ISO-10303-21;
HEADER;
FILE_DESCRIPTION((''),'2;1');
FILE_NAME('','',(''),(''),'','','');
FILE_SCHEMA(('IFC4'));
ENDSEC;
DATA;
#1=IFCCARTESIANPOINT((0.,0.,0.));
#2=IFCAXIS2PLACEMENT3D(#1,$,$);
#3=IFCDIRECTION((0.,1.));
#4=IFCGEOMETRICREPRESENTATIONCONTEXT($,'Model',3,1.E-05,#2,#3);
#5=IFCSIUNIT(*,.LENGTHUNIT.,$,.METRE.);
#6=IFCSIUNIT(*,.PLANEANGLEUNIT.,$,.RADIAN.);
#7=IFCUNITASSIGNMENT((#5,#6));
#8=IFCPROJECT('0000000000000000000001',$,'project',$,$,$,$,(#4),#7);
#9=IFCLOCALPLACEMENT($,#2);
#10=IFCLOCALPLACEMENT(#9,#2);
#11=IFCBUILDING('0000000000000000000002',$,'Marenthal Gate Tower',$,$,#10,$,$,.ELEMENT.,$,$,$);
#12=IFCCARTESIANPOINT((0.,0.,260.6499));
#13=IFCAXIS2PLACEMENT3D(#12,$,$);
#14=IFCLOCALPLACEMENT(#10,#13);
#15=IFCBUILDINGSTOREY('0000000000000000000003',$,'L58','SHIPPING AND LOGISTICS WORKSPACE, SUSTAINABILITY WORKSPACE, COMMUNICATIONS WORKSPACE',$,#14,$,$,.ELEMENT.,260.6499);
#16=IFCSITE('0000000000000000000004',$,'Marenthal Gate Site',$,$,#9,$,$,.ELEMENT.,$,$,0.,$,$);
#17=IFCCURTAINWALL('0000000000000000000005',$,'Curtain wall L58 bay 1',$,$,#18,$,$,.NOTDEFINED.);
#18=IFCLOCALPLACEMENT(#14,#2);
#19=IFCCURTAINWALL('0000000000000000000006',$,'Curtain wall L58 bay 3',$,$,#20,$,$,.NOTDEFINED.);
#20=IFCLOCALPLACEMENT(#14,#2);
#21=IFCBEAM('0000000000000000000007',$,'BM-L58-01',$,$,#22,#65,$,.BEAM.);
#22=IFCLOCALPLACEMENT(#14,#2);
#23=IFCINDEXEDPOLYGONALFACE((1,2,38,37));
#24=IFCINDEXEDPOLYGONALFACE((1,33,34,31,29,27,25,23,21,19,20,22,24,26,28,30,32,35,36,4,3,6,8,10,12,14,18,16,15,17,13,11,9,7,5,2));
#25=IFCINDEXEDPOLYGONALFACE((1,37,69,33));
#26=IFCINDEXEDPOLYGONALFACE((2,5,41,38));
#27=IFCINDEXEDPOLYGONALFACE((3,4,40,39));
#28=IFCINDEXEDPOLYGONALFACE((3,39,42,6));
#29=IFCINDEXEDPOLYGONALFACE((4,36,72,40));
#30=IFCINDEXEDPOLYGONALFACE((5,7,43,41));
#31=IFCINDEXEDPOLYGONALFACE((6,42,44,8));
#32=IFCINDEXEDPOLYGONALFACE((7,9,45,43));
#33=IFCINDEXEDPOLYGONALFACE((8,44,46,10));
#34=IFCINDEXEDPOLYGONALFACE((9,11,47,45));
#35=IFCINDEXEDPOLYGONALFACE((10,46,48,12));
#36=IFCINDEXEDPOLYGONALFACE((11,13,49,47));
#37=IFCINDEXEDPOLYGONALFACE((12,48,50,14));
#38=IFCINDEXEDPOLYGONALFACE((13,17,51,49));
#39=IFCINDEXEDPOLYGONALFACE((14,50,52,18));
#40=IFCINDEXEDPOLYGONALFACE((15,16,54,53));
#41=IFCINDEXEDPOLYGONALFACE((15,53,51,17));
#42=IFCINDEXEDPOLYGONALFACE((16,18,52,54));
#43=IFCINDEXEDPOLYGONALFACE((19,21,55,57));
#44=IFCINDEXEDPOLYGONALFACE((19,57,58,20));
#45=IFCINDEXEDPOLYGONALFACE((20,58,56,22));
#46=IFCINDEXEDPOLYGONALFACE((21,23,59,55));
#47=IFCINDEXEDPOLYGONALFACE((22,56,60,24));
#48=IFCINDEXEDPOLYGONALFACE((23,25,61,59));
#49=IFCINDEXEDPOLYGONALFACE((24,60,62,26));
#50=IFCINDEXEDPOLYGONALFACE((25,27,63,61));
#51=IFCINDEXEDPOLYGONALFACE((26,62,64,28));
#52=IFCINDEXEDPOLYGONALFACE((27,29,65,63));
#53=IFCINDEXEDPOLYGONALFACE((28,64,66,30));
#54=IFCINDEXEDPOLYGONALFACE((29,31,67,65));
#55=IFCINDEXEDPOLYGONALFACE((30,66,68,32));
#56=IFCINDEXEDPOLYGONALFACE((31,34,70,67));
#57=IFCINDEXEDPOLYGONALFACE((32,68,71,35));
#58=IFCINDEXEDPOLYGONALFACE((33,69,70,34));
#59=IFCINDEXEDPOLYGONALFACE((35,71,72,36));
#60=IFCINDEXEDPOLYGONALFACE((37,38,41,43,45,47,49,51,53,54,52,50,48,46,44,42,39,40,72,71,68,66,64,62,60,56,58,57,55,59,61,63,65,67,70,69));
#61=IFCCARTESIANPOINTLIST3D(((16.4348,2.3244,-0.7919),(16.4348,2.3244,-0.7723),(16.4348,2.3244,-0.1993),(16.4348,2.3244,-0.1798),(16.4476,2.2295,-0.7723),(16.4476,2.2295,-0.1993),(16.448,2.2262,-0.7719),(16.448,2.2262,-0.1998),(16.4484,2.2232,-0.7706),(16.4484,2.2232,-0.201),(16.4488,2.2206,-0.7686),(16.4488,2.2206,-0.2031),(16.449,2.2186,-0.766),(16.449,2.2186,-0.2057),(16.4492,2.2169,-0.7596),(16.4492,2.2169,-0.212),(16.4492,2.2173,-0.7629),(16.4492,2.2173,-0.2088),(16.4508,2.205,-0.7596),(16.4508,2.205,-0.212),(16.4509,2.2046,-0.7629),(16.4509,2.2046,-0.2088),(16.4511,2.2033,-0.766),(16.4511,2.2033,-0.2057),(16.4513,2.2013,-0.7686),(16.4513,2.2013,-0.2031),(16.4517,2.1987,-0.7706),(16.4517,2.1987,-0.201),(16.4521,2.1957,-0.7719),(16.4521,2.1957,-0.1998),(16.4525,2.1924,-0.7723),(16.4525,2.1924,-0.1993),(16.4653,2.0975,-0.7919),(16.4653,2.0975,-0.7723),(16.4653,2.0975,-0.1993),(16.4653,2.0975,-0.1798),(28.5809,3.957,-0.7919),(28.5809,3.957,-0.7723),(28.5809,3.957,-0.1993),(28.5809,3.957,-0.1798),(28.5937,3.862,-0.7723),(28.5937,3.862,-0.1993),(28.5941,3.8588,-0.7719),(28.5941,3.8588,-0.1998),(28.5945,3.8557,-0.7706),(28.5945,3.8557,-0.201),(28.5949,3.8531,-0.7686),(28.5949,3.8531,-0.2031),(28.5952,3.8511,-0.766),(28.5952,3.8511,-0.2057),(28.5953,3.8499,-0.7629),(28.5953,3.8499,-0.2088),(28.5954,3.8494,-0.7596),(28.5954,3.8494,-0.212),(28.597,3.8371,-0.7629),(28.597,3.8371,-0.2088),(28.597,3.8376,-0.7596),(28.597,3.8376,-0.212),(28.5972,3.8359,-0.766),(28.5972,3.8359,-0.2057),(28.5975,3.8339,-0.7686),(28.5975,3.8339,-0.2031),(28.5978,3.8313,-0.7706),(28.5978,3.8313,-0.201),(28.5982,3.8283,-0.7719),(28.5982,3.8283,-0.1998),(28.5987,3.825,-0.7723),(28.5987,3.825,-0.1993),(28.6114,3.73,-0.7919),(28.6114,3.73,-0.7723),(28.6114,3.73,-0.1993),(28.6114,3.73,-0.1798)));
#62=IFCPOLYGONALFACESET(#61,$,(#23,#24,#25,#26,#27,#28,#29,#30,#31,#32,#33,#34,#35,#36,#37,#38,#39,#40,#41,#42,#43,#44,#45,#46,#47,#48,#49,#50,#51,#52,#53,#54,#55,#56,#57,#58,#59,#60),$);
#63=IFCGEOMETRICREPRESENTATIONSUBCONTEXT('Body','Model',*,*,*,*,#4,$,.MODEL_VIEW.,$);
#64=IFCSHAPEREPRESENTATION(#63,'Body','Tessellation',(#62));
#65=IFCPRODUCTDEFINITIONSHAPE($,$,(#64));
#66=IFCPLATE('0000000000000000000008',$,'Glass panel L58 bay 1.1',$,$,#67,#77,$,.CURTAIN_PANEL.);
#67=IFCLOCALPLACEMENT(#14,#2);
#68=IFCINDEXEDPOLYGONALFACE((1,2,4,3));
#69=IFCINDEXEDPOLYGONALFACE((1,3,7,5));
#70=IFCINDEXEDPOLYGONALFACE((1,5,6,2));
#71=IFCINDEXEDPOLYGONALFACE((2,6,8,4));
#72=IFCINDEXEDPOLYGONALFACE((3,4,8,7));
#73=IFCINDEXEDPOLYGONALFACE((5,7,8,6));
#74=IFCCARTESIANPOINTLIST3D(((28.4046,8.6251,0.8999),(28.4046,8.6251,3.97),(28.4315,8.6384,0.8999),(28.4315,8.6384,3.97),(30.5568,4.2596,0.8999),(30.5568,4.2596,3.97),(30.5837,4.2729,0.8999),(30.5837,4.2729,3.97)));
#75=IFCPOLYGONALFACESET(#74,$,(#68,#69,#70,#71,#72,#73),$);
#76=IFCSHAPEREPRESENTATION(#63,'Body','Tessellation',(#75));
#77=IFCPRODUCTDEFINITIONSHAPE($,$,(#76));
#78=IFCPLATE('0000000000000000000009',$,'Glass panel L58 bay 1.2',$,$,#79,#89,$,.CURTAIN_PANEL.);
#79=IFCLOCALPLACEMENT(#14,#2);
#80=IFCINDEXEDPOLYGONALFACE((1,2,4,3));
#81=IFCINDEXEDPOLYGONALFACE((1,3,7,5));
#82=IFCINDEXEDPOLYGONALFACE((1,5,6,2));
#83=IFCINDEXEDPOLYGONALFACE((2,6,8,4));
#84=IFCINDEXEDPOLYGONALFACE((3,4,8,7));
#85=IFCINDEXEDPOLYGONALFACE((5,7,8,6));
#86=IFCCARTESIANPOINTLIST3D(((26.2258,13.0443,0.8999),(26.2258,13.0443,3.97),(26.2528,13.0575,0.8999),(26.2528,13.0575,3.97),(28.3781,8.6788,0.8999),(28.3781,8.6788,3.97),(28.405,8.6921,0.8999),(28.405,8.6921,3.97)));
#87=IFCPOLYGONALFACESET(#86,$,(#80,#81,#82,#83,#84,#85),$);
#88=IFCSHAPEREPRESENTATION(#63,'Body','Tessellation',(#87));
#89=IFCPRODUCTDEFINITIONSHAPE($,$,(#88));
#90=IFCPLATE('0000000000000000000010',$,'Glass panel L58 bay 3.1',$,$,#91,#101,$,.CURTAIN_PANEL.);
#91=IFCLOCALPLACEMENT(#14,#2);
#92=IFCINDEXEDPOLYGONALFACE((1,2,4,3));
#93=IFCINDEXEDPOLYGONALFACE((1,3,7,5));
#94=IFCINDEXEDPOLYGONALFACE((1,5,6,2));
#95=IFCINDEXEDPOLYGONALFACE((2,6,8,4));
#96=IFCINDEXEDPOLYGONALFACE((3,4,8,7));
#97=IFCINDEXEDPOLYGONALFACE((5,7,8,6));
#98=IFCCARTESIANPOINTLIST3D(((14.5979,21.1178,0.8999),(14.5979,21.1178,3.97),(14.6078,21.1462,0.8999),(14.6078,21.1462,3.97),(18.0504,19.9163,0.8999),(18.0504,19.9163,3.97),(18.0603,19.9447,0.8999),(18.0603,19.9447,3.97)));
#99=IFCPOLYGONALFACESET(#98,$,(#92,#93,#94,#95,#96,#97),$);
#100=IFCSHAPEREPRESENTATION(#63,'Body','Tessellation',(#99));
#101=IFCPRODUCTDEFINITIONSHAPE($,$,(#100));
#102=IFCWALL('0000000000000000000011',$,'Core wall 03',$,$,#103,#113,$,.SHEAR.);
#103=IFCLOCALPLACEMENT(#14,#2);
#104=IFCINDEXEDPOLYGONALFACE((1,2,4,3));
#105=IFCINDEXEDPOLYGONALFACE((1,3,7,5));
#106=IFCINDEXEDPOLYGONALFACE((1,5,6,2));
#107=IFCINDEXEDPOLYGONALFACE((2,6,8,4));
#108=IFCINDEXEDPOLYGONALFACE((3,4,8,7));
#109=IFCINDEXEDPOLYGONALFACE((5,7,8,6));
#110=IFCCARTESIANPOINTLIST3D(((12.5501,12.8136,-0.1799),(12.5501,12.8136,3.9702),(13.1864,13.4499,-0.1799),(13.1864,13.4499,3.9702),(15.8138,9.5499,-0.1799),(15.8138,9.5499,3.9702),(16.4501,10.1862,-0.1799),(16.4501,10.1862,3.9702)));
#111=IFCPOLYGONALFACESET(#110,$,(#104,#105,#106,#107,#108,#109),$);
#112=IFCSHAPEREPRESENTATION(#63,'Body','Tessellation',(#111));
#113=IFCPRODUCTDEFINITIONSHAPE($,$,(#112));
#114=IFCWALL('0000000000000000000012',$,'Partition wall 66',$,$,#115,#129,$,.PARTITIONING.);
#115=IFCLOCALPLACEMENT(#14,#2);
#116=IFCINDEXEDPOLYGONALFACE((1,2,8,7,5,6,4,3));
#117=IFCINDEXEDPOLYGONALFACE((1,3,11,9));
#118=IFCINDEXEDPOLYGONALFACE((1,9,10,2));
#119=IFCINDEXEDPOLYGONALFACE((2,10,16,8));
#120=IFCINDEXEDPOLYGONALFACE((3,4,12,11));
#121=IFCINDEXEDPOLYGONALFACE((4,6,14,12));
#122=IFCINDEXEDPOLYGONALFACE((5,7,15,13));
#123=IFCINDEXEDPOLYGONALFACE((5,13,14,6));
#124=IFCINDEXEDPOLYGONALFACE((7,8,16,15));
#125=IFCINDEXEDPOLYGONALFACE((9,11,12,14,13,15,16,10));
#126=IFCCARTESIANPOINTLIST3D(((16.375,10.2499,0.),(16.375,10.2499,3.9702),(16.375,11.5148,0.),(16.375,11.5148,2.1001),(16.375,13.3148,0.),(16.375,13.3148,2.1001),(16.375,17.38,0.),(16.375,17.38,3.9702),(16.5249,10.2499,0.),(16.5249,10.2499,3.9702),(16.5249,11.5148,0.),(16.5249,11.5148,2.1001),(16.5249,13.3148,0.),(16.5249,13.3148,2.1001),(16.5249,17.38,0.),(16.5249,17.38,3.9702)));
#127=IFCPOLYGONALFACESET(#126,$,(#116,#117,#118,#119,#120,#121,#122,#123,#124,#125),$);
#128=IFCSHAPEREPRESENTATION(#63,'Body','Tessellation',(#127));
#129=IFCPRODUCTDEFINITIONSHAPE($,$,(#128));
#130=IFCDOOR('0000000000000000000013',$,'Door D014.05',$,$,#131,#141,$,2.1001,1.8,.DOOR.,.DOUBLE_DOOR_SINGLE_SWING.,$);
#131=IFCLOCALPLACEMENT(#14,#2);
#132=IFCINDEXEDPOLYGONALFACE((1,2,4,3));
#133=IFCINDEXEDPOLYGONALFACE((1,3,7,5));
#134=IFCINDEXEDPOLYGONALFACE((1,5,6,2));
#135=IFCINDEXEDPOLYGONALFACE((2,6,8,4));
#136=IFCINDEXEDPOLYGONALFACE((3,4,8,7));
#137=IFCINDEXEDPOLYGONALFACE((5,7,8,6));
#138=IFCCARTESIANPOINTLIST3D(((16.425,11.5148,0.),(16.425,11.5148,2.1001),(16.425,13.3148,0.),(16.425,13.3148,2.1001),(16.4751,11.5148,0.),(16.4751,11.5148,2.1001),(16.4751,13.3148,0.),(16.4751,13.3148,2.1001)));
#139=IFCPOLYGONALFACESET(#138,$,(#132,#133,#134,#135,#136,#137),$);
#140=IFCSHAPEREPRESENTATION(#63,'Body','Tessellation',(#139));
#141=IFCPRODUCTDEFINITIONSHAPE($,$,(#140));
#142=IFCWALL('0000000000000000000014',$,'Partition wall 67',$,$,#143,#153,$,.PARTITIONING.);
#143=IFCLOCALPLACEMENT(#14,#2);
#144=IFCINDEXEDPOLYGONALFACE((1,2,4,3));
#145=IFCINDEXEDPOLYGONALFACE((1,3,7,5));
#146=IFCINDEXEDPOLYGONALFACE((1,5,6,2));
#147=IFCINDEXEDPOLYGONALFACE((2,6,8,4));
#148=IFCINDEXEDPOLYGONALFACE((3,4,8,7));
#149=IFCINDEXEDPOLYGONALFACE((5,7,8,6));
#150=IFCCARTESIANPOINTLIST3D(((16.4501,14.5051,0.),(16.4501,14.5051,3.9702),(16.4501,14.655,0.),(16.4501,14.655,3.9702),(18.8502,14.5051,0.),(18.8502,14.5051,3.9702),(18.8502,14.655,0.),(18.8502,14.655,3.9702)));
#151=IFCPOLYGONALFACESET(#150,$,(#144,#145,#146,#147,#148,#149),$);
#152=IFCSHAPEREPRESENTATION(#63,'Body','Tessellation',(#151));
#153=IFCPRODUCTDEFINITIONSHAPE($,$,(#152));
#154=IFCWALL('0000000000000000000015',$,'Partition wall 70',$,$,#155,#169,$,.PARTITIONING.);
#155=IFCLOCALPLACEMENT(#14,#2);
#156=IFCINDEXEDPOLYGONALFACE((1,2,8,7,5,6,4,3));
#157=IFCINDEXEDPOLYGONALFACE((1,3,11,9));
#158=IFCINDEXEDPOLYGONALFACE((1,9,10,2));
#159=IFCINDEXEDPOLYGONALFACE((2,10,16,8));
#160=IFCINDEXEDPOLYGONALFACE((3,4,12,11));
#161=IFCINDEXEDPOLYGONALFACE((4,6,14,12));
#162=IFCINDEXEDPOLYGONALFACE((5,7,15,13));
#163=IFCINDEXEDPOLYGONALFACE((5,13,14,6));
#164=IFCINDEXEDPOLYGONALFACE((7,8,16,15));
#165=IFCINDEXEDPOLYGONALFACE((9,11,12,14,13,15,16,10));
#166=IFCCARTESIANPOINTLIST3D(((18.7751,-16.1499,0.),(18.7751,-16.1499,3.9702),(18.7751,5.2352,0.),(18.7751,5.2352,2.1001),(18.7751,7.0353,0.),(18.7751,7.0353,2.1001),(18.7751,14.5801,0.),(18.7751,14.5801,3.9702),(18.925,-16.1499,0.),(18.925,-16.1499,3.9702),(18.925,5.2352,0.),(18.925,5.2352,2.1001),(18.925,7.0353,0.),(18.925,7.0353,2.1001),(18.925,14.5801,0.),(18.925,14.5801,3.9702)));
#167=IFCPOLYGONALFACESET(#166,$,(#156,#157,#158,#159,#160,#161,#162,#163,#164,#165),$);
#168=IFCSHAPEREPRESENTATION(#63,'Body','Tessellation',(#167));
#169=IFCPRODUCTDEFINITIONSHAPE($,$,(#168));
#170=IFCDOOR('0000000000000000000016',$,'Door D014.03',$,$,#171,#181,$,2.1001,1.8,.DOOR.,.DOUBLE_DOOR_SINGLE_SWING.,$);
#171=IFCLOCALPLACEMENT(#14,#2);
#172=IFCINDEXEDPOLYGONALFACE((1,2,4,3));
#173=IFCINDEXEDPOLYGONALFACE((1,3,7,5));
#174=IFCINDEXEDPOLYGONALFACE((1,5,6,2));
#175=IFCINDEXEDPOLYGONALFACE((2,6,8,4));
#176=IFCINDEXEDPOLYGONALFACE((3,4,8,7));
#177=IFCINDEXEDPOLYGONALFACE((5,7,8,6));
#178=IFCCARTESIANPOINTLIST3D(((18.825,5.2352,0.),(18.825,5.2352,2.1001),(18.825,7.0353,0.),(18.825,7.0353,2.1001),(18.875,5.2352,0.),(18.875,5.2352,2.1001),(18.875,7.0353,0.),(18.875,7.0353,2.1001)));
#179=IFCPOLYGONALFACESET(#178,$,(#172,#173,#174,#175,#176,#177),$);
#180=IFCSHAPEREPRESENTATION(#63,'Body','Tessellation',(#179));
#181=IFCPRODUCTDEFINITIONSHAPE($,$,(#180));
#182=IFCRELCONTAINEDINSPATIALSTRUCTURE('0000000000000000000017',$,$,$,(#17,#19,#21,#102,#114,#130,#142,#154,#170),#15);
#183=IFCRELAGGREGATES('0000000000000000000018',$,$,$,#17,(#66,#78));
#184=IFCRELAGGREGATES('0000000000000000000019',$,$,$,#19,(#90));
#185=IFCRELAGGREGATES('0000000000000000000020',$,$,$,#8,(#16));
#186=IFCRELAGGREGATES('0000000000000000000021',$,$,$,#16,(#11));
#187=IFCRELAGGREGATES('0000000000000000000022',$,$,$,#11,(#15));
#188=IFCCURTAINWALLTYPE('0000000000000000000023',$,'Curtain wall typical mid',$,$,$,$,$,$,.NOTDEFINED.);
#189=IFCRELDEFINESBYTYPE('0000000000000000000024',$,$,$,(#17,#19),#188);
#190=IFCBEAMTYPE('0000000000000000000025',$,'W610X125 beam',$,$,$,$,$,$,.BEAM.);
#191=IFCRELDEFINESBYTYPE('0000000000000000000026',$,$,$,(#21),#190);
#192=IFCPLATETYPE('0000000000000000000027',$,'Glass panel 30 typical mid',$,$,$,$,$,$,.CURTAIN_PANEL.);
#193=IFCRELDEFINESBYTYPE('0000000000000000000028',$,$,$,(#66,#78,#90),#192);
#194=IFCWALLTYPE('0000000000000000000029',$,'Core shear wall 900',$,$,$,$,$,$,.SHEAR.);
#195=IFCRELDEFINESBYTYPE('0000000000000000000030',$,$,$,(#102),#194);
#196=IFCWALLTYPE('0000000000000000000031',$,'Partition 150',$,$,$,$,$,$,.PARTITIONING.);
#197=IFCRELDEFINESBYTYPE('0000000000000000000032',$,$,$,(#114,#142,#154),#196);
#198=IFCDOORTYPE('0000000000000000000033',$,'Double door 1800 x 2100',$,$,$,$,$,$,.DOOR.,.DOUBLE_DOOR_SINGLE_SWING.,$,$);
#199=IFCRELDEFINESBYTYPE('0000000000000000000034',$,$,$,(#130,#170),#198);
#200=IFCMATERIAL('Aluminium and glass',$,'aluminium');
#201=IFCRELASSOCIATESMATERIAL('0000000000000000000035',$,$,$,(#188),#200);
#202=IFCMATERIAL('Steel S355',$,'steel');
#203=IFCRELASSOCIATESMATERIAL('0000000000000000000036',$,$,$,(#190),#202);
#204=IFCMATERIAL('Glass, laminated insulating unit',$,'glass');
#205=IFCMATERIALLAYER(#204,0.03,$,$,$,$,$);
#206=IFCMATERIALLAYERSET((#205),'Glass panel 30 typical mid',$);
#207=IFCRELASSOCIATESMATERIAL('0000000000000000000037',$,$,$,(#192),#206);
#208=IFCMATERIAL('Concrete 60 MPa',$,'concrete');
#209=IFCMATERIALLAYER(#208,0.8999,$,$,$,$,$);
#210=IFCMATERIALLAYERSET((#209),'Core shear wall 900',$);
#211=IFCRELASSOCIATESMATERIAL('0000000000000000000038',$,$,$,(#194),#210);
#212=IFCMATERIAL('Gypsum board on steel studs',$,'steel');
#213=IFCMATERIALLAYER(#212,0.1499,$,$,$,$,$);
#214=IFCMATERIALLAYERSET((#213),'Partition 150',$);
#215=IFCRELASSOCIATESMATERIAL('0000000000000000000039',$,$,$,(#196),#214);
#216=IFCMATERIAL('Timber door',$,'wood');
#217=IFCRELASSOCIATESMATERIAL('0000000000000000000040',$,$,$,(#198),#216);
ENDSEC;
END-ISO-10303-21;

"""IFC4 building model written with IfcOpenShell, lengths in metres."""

from ifc_helpers import new_model, si_unit, direction, frame, frame_2d, origin, origin_2d, place, context, subcontext, project, spatial, rectangle, i_section, extrude, material, layer, layer_set, material_profile, profile_set, type_object, element, fill, aggregate, save


model = new_model("IFC4")

# Units and contexts
model_context = context("Model", 3, precision=1e-05, world=origin(), true_north=direction((0.0, 1.0)))
body_context = subcontext(model_context, "Body", "Model", "MODEL_VIEW")
ifc_project = project(units=[si_unit("LENGTHUNIT", "METRE"), si_unit("PLANEANGLEUNIT", "RADIAN")], contexts=[model_context])

# Site, building, storey
site_placement = place(None, origin())
site = spatial("IfcSite", under=ifc_project, at=site_placement, Name="Marenthal Gate Site", CompositionType="ELEMENT", RefElevation=0.0)
building_placement = place(site_placement, origin())
building = spatial("IfcBuilding", under=site, at=building_placement, Name="Marenthal Gate Tower", CompositionType="ELEMENT")
storey_placement = place(building_placement, frame((0.0, 0.0, 260.6499)))
storey = spatial("IfcBuildingStorey", under=building, at=storey_placement, Name="L58", Description="SHIPPING AND LOGISTICS WORKSPACE, SUSTAINABILITY WORKSPACE, COMMUNICATIONS WORKSPACE", CompositionType="ELEMENT", Elevation=260.6499)

# Curtain walls
ifc_material_1 = material(Name="Aluminium and glass", Category="aluminium")
curtain_wall_type = type_object("IfcCurtainWallType", Name="Curtain wall typical mid", PredefinedType="NOTDEFINED", material=ifc_material_1)
curtain_wall_1_placement = place(storey_placement, origin())
curtain_wall_1 = element("IfcCurtainWall", 1, at=curtain_wall_1_placement, inside=storey, type_object=curtain_wall_type, Name="Curtain wall L58 bay 1", PredefinedType="NOTDEFINED")
curtain_wall_2_placement = place(storey_placement, origin())
curtain_wall_2 = element("IfcCurtainWall", 2, at=curtain_wall_2_placement, inside=storey, type_object=curtain_wall_type, Name="Curtain wall L58 bay 3", PredefinedType="NOTDEFINED")

# Beam
ifc_material_2 = material(Name="Steel S355", Category="steel")
ifc_material_profile_1 = material_profile(ifc_material_2, i_section(OverallWidth=0.229, OverallDepth=0.6121, WebThickness=0.012, FlangeThickness=0.0195, FilletRadius=0.0127, at=origin_2d()), Name="W610X125")
ifc_profile_set_1 = profile_set([ifc_material_profile_1], Name="Steel S355")
beam_type_1 = type_object("IfcBeamType", Name="W610X125 beam", PredefinedType="BEAM", material=ifc_profile_set_1)
beam_1_placement = place(storey_placement, frame((28.5962, 3.8435, -0.4858), z_axis=(-0.991088, -0.133211, 0.0), x_axis=(0.133211, -0.991088, 0.0)))
element("IfcBeam", 3, at=beam_1_placement, inside=storey, type_object=beam_type_1, Name="BM-L58-01", PredefinedType="BEAM", context=body_context, shape_type="SweptSolid", body=[
    extrude(i_section(OverallWidth=0.229, OverallDepth=0.6121, WebThickness=0.012, FlangeThickness=0.0195, FilletRadius=0.0127, at=origin_2d()), origin(), (0.0, 0.0, 1.0), 12.2554),
])

# Plates
ifc_material_3 = material(Name="Glass, laminated insulating unit", Category="glass")
ifc_layer_1 = layer(ifc_material_3, 0.03)
ifc_layer_set_1 = layer_set([ifc_layer_1], Name="Glass panel 30 typical mid")
plate_type = type_object("IfcPlateType", Name="Glass panel 30 typical mid", PredefinedType="CURTAIN_PANEL", material=ifc_layer_set_1)
plate_1_placement = place(storey_placement, frame((29.4941, 6.449, 0.8999), z_axis=(0.0, 0.0, 1.0), x_axis=(-0.442192, 0.896921, 0.0)))
plate_1 = element("IfcPlate", 4, at=plate_1_placement, type_object=plate_type, Name="Glass panel L58 bay 1.1", PredefinedType="CURTAIN_PANEL", context=body_context, shape_type="SweptSolid", body=[
    extrude(rectangle(XDim=4.8672, YDim=0.03, at=origin_2d()), origin(), (0.0, 0.0, 1.0), 3.0701),
])
plate_2_placement = place(storey_placement, frame((27.3154, 10.8682, 0.8999), z_axis=(0.0, 0.0, 1.0), x_axis=(-0.442192, 0.896921, 0.0)))
plate_2 = element("IfcPlate", 5, at=plate_2_placement, type_object=plate_type, Name="Glass panel L58 bay 1.2", PredefinedType="CURTAIN_PANEL", context=body_context, shape_type="SweptSolid", body=[
    extrude(rectangle(XDim=4.8672, YDim=0.03, at=origin_2d()), origin(), (0.0, 0.0, 1.0), 3.0701),
])
aggregate(curtain_wall_1, [plate_1, plate_2])
plate_3_placement = place(storey_placement, frame((16.3291, 20.5312, 0.8999), z_axis=(0.0, 0.0, 1.0), x_axis=(-0.944445, 0.32867, 0.0)))
plate_3 = element("IfcPlate", 6, at=plate_3_placement, type_object=plate_type, Name="Glass panel L58 bay 3.1", PredefinedType="CURTAIN_PANEL", context=body_context, shape_type="SweptSolid", body=[
    extrude(rectangle(XDim=3.6555, YDim=0.03, at=origin_2d()), origin(), (0.0, 0.0, 1.0), 3.0701),
])
aggregate(curtain_wall_2, [plate_3])

# Wall
ifc_material_4 = material(Name="Concrete 60 MPa", Category="concrete")
ifc_layer_2 = layer(ifc_material_4, 0.8999)
ifc_layer_set_2 = layer_set([ifc_layer_2], Name="Core shear wall 900")
wall_type_1 = type_object("IfcWallType", Name="Core shear wall 900", PredefinedType="SHEAR", material=ifc_layer_set_2)
wall_1_placement = place(storey_placement, frame((16.1318, 9.8682, -0.1799), z_axis=(0.0, 0.0, 1.0), x_axis=(-0.707107, 0.707107, 0.0)))
element("IfcWall", 7, at=wall_1_placement, inside=storey, type_object=wall_type_1, Name="Core wall 03", PredefinedType="SHEAR", context=body_context, shape_type="SweptSolid", body=[
    extrude(rectangle(XDim=4.6155, YDim=0.8999, at=frame_2d((2.3076, 0.0))), origin(), (0.0, 0.0, 1.0), 4.1501),
])

# Wall, opening, door
ifc_material_5 = material(Name="Gypsum board on steel studs", Category="steel")
ifc_layer_3 = layer(ifc_material_5, 0.1499)
ifc_layer_set_3 = layer_set([ifc_layer_3], Name="Partition 150")
wall_type_2 = type_object("IfcWallType", Name="Partition 150", PredefinedType="PARTITIONING", material=ifc_layer_set_3)
wall_2_placement = place(storey_placement, frame((16.45, 10.25, 0.0), z_axis=(0.0, 0.0, 1.0), x_axis=(0.0, 1.0, 0.0)))
wall_2 = element("IfcWall", 8, at=wall_2_placement, inside=storey, type_object=wall_type_2, Name="Partition wall 66", PredefinedType="PARTITIONING", context=body_context, shape_type="SweptSolid", body=[
    extrude(rectangle(XDim=7.1301, YDim=0.1499, at=frame_2d((3.5649, 0.0))), origin(), (0.0, 0.0, 1.0), 3.9702),
])
opening_1_placement = place(wall_2_placement, frame((1.2649, 0.0, 0.0)))
opening_1 = element("IfcOpeningElement", 9, at=opening_1_placement, cuts=wall_2, PredefinedType="OPENING", context=body_context, shape_type="SweptSolid", body=[
    extrude(rectangle(XDim=1.8, YDim=2.1001, at=frame_2d((0.8999, 1.05))), frame((0.0, 0.085, 0.0), z_axis=(0.0, -1.0, 0.0), x_axis=(1.0, 0.0, 0.0)), (0.0, 0.0, 1.0), 0.1699),
])
ifc_material_6 = material(Name="Timber door", Category="wood")
door_type_1 = type_object("IfcDoorType", Name="Double door 1800 x 2100", OperationType="DOUBLE_DOOR_SINGLE_SWING", PredefinedType="DOOR", material=ifc_material_6)
door_1_placement = place(opening_1_placement, origin())
door_1 = element("IfcDoor", 10, at=door_1_placement, inside=storey, type_object=door_type_1, Name="Door D014.05", OperationType="DOUBLE_DOOR_SINGLE_SWING", OverallHeight=2.1001, OverallWidth=1.8, PredefinedType="DOOR", context=body_context, shape_type="SweptSolid", body=[
    extrude(rectangle(XDim=1.8, YDim=2.1001, at=frame_2d((0.8999, 1.05))), frame((0.0, 0.0249, 0.0), z_axis=(0.0, -1.0, 0.0), x_axis=(1.0, 0.0, 0.0)), (0.0, 0.0, 1.0), 0.05),
])
fill(opening_1, door_1)

# Wall
wall_3_placement = place(storey_placement, frame((16.45, 14.5801, 0.0), z_axis=(0.0, 0.0, 1.0), x_axis=(1.0, 0.0, 0.0)))
element("IfcWall", 11, at=wall_3_placement, inside=storey, type_object=wall_type_2, Name="Partition wall 67", PredefinedType="PARTITIONING", context=body_context, shape_type="SweptSolid", body=[
    extrude(rectangle(XDim=2.4001, YDim=0.1499, at=frame_2d((1.2002, 0.0))), origin(), (0.0, 0.0, 1.0), 3.9702),
])

# Wall, opening, door
wall_4_placement = place(storey_placement, frame((18.8501, 14.5801, 0.0), z_axis=(0.0, 0.0, 1.0), x_axis=(0.0, -1.0, 0.0)))
wall_4 = element("IfcWall", 12, at=wall_4_placement, inside=storey, type_object=wall_type_2, Name="Partition wall 70", PredefinedType="PARTITIONING", context=body_context, shape_type="SweptSolid", body=[
    extrude(rectangle(XDim=30.73, YDim=0.1499, at=frame_2d((15.365, 0.0))), origin(), (0.0, 0.0, 1.0), 3.9702),
])
opening_2_placement = place(wall_4_placement, frame((7.5449, 0.0, 0.0)))
opening_2 = element("IfcOpeningElement", 13, at=opening_2_placement, cuts=wall_4, PredefinedType="OPENING", context=body_context, shape_type="SweptSolid", body=[
    extrude(rectangle(XDim=1.8, YDim=2.1001, at=frame_2d((0.8999, 1.05))), frame((0.0, 0.085, 0.0), z_axis=(0.0, -1.0, 0.0), x_axis=(1.0, 0.0, 0.0)), (0.0, 0.0, 1.0), 0.1699),
])
door_2_placement = place(opening_2_placement, origin())
door_2 = element("IfcDoor", 14, at=door_2_placement, inside=storey, type_object=door_type_1, Name="Door D014.03", OperationType="DOUBLE_DOOR_SINGLE_SWING", OverallHeight=2.1001, OverallWidth=1.8, PredefinedType="DOOR", context=body_context, shape_type="SweptSolid", body=[
    extrude(rectangle(XDim=1.8, YDim=2.1001, at=frame_2d((0.8999, 1.05))), frame((0.0, 0.0249, 0.0), z_axis=(0.0, -1.0, 0.0), x_axis=(1.0, 0.0, 0.0)), (0.0, 0.0, 1.0), 0.05),
])
fill(opening_2, door_2)

save(model, "model.ifc")
